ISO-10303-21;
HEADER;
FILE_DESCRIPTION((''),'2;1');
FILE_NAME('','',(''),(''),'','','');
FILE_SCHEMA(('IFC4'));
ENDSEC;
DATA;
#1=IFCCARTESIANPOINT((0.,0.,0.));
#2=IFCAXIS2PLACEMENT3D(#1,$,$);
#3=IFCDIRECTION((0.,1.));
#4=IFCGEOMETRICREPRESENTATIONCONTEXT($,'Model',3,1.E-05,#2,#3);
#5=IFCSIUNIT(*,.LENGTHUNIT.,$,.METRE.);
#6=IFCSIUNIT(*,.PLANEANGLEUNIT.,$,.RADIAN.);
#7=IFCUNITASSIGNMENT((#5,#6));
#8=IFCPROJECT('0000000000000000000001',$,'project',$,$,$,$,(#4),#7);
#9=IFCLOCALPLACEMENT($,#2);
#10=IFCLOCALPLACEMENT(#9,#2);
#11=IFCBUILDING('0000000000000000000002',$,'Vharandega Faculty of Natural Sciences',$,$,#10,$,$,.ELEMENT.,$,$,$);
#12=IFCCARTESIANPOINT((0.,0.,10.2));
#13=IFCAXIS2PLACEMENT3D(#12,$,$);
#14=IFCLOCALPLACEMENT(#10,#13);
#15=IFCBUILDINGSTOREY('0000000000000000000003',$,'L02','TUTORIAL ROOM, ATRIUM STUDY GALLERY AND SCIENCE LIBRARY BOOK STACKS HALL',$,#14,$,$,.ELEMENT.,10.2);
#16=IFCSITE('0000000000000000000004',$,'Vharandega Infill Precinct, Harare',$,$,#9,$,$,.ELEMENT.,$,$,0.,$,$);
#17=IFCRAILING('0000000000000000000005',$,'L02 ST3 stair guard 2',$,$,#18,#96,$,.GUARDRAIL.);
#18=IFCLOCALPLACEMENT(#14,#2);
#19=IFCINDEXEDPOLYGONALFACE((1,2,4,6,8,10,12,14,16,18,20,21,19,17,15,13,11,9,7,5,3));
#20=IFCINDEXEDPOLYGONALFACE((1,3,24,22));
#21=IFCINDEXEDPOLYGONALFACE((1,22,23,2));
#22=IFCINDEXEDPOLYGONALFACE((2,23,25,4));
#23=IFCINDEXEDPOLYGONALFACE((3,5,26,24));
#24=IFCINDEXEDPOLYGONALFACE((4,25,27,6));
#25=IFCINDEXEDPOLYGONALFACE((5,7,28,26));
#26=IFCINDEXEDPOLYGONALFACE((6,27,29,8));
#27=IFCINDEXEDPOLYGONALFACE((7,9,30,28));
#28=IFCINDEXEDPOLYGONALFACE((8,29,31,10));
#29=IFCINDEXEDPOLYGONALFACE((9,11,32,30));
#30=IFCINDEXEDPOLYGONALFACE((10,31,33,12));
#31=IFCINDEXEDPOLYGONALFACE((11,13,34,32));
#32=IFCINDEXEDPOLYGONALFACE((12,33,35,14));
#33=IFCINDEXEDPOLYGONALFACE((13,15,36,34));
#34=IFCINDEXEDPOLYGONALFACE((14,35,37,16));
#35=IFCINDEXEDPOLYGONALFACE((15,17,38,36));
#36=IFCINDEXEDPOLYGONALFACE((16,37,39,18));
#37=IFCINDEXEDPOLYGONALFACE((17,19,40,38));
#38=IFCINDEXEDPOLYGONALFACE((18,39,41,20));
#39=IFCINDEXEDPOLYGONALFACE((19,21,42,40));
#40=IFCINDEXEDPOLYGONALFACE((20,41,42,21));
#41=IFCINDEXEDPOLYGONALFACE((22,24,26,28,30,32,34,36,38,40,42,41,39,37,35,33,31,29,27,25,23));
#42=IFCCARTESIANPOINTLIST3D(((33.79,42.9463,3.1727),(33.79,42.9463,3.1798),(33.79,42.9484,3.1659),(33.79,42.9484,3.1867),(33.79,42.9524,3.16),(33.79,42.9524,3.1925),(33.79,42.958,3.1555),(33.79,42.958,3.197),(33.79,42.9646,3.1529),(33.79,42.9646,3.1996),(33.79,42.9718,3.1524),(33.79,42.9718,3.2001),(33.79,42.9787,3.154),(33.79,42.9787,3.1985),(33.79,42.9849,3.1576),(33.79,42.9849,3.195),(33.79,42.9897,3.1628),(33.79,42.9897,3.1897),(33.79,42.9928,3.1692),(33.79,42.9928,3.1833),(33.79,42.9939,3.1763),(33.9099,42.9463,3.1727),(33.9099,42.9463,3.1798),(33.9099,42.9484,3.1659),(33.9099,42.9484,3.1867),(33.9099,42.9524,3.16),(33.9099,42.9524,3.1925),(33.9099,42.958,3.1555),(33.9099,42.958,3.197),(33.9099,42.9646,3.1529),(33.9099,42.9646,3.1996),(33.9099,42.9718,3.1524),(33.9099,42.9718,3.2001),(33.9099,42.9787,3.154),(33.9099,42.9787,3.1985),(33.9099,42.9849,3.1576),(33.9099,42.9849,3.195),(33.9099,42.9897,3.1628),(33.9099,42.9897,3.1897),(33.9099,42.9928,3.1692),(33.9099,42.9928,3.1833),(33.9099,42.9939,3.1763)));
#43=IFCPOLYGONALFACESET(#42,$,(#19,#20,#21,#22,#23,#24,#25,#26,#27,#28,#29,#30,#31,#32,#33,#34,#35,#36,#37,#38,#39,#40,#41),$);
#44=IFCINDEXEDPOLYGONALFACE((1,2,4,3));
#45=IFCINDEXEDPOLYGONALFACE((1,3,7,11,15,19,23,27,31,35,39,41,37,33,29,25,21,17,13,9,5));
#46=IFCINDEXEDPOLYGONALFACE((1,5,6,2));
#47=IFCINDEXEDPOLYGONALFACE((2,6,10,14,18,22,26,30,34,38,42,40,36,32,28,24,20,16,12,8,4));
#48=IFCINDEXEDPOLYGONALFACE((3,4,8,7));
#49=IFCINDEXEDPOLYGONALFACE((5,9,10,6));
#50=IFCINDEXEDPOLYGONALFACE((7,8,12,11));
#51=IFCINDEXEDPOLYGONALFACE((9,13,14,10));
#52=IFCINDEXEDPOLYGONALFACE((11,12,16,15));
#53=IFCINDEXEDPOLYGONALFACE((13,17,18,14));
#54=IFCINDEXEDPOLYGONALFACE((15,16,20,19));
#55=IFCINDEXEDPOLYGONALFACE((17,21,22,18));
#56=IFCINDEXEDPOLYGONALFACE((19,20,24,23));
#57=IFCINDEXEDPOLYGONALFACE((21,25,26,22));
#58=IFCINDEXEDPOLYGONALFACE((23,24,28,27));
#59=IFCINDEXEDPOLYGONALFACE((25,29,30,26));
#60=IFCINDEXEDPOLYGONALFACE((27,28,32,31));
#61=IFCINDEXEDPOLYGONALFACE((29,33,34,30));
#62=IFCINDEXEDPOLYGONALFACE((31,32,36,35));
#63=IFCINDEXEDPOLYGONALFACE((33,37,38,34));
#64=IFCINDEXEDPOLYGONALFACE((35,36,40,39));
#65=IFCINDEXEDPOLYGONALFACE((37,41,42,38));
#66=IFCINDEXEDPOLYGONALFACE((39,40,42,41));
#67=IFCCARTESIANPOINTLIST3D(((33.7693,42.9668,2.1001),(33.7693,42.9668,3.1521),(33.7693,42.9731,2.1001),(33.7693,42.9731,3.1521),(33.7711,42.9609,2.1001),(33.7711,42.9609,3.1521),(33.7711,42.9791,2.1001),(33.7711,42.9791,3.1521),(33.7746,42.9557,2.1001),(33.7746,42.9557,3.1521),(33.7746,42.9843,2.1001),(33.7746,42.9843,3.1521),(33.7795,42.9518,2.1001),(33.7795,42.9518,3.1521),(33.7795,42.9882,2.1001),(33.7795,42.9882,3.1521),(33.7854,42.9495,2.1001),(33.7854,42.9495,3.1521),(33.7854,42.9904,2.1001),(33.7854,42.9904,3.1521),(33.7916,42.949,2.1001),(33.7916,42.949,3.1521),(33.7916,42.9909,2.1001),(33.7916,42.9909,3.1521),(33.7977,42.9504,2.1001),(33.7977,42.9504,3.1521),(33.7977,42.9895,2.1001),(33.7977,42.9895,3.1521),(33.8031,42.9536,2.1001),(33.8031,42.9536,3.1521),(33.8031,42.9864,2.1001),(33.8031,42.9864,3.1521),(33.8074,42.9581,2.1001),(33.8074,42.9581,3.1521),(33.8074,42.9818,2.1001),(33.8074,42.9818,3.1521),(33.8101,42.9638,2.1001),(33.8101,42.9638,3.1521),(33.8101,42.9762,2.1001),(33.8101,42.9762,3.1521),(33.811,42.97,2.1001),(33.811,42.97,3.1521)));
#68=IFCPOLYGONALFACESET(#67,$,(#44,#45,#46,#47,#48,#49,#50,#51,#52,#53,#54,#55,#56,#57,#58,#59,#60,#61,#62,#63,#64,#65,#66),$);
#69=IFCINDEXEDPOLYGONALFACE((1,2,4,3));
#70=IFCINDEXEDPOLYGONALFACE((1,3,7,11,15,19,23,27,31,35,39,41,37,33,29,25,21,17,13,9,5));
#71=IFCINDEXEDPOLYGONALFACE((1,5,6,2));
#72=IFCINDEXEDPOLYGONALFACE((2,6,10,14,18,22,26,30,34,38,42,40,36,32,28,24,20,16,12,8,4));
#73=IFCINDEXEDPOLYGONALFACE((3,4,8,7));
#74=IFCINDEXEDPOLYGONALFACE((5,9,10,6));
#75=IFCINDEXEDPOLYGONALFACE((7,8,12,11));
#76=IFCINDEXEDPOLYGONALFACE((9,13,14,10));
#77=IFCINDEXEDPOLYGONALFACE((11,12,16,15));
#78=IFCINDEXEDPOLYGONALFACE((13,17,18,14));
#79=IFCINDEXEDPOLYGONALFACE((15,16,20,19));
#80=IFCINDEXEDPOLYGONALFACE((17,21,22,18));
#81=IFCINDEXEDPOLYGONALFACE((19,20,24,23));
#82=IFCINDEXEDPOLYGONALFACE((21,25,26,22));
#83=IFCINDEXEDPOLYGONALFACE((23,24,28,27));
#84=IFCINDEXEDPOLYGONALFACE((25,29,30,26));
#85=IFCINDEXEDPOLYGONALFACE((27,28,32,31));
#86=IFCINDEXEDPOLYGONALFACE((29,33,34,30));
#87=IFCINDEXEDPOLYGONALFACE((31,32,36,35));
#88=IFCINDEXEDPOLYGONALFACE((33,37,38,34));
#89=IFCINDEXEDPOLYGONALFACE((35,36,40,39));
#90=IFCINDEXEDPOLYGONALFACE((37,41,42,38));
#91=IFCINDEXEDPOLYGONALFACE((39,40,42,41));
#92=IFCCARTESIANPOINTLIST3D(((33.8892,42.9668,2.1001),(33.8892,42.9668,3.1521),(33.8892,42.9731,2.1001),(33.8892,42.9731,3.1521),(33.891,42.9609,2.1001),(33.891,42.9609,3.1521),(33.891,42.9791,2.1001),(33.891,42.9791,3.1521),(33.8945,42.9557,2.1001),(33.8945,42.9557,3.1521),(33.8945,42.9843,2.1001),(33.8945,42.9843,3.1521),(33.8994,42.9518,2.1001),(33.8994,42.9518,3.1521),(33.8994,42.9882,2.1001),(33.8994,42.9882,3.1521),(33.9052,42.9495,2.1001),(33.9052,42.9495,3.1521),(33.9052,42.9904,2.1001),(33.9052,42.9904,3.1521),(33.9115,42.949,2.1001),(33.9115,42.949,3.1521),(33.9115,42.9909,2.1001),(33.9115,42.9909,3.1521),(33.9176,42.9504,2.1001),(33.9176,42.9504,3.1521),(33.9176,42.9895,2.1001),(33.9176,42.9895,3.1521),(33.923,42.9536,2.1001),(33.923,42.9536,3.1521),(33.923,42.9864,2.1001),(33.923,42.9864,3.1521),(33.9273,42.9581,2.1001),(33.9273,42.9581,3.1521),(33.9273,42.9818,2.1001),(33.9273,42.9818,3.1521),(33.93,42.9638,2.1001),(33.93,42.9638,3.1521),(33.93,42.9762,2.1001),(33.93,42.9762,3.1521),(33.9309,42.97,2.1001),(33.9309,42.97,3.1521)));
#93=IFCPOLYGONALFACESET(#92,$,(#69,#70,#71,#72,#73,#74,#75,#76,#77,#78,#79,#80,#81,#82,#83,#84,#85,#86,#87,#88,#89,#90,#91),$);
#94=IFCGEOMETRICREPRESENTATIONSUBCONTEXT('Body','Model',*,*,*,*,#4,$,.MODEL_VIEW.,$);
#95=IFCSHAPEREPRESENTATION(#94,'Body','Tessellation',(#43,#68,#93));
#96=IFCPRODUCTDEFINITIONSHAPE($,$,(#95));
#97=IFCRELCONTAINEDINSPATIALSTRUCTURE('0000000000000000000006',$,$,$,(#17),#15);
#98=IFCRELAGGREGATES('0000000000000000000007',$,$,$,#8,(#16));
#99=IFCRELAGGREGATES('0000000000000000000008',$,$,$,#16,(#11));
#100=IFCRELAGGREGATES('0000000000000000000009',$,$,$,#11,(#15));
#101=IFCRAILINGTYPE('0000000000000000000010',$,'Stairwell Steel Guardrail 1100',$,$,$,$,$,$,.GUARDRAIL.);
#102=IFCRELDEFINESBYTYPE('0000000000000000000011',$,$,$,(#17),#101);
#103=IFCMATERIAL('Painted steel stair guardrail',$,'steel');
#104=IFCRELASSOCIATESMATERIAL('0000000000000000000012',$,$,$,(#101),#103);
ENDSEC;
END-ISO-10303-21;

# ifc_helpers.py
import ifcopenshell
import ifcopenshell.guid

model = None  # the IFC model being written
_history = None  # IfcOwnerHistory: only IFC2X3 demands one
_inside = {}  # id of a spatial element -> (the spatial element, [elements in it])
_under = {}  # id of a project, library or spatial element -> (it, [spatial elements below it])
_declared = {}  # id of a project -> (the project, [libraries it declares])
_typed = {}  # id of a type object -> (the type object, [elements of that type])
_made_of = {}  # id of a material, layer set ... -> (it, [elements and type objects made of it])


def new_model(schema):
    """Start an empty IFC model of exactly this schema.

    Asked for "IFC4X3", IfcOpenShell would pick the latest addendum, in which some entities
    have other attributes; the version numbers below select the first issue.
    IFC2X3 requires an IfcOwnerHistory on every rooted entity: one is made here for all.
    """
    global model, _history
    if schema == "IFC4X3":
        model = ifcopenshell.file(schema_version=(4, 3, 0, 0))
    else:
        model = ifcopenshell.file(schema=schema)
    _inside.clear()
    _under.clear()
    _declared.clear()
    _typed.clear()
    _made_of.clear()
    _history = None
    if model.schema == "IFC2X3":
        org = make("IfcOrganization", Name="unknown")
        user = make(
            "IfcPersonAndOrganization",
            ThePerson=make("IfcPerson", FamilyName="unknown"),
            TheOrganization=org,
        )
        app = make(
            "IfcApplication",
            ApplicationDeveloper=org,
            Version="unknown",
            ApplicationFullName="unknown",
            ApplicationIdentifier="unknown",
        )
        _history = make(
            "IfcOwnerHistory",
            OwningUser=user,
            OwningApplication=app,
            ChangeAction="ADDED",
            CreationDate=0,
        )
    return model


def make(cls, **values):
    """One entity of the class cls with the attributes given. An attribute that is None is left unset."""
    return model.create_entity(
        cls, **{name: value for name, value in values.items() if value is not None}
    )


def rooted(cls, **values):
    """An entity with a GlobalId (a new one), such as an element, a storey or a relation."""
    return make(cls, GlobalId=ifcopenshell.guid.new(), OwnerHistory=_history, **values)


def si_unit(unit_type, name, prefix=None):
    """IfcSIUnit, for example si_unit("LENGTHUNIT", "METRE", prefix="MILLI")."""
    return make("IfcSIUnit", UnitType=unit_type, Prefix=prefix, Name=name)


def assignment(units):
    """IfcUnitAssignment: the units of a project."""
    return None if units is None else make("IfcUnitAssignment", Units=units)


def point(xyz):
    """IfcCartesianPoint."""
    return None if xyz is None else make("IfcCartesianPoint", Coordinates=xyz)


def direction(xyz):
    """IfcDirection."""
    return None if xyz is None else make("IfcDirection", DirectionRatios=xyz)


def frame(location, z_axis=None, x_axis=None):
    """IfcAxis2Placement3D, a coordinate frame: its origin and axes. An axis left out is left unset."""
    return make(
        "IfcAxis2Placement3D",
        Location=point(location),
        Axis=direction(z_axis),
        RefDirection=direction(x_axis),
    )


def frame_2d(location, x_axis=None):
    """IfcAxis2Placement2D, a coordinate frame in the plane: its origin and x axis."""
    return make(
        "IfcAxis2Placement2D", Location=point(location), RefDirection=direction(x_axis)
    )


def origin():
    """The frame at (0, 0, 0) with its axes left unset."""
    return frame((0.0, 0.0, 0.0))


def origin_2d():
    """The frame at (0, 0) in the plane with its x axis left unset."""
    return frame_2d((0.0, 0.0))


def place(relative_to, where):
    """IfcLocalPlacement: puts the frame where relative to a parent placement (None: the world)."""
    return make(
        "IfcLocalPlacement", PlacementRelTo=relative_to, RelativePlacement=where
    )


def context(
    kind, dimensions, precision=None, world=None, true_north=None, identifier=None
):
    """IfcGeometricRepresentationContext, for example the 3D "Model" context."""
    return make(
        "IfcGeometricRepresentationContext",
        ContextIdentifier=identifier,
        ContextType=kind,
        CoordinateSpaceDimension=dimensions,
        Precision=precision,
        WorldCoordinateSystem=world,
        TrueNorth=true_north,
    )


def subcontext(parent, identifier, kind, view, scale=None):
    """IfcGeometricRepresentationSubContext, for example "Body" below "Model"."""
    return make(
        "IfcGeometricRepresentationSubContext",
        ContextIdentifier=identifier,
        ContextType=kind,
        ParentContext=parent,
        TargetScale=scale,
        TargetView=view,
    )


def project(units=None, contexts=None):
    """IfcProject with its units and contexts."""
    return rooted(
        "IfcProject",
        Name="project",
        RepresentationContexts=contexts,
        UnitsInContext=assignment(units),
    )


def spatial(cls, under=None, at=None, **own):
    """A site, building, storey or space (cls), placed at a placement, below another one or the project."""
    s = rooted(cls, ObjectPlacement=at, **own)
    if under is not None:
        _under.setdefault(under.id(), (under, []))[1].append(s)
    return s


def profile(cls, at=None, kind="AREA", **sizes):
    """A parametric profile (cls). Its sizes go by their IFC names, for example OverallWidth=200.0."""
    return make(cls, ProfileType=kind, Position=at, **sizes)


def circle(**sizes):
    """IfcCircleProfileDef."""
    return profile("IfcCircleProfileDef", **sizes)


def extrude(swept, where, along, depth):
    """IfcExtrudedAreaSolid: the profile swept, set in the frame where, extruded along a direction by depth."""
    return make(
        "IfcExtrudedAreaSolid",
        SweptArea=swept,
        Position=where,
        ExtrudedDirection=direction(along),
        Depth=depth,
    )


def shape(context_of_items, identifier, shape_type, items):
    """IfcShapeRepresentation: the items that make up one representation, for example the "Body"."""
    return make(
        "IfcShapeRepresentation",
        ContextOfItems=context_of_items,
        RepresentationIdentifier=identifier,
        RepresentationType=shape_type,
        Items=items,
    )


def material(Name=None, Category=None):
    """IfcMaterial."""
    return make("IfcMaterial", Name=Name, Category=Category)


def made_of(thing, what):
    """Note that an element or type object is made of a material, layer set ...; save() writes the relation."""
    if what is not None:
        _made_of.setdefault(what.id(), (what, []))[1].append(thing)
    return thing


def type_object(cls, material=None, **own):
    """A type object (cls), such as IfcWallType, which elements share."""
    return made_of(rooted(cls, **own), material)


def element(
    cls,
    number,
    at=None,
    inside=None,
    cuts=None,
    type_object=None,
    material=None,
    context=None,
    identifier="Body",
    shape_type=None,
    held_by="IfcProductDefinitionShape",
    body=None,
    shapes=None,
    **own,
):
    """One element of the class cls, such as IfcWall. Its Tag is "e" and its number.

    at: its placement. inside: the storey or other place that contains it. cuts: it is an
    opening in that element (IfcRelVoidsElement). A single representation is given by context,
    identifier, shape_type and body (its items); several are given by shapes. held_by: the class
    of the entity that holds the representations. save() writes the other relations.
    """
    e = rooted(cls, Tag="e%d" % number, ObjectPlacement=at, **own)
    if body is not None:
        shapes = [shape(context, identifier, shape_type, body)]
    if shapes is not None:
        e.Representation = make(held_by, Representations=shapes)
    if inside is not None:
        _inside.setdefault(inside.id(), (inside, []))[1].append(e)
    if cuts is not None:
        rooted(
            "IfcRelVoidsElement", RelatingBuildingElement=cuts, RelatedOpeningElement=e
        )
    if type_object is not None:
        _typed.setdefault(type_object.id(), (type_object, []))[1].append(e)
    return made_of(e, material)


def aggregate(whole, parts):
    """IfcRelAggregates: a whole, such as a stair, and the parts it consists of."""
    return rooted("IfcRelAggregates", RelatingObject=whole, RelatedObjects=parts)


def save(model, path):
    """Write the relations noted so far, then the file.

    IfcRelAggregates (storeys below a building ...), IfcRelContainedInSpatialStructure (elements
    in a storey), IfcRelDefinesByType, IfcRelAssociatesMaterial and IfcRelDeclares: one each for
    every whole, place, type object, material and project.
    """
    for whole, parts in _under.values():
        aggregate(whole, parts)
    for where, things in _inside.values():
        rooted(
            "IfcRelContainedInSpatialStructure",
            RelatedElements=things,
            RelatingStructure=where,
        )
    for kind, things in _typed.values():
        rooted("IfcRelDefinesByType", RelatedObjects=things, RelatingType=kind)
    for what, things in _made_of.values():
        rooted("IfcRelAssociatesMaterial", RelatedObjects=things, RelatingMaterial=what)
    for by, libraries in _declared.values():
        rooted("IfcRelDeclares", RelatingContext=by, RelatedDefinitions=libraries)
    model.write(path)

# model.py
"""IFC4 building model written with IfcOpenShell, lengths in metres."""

from ifc_helpers import new_model, si_unit, direction, frame, origin, origin_2d, place, context, subcontext, project, spatial, circle, extrude, material, type_object, element, save


model = new_model("IFC4")

# Units and contexts
model_context = context("Model", 3, precision=1e-05, world=origin(), true_north=direction((0.0, 1.0)))
body_context = subcontext(model_context, "Body", "Model", "MODEL_VIEW")
ifc_project = project(units=[si_unit("LENGTHUNIT", "METRE"), si_unit("PLANEANGLEUNIT", "RADIAN")], contexts=[model_context])

# Site, building, storey
site_placement = place(None, origin())
site = spatial("IfcSite", under=ifc_project, at=site_placement, Name="Vharandega Infill Precinct, Harare", CompositionType="ELEMENT", RefElevation=0.0)
building_placement = place(site_placement, origin())
building = spatial("IfcBuilding", under=site, at=building_placement, Name="Vharandega Faculty of Natural Sciences", CompositionType="ELEMENT")
storey_placement = place(building_placement, frame((0.0, 0.0, 10.2)))
storey = spatial("IfcBuildingStorey", under=building, at=storey_placement, Name="L02", Description="TUTORIAL ROOM, ATRIUM STUDY GALLERY AND SCIENCE LIBRARY BOOK STACKS HALL", CompositionType="ELEMENT", Elevation=10.2)

# Railing
ifc_material_1 = material(Name="Painted steel stair guardrail", Category="steel")
railing_type_1 = type_object("IfcRailingType", Name="Stairwell Steel Guardrail 1100", PredefinedType="GUARDRAIL", material=ifc_material_1)
railing_1_placement = place(storey_placement, frame((33.79, 42.97, 2.1001)))
element("IfcRailing", 1, at=railing_1_placement, inside=storey, type_object=railing_type_1, Name="L02 ST3 stair guard 2", PredefinedType="GUARDRAIL", context=body_context, shape_type="SweptSolid", body=[
    extrude(circle(Radius=0.0239, at=origin_2d()), frame((0.0, 0.0, 1.0762), z_axis=(1.0, 0.0, 0.0), x_axis=(0.0, 1.0, 0.0)), (0.0, 0.0, 1.0), 0.1199),
    extrude(circle(Radius=0.021, at=origin_2d()), origin(), (0.0, 0.0, 1.0), 1.052),
    extrude(circle(Radius=0.021, at=origin_2d()), frame((0.1199, 0.0, 0.0)), (0.0, 0.0, 1.0), 1.052),
])

save(model, "model.ifc")
